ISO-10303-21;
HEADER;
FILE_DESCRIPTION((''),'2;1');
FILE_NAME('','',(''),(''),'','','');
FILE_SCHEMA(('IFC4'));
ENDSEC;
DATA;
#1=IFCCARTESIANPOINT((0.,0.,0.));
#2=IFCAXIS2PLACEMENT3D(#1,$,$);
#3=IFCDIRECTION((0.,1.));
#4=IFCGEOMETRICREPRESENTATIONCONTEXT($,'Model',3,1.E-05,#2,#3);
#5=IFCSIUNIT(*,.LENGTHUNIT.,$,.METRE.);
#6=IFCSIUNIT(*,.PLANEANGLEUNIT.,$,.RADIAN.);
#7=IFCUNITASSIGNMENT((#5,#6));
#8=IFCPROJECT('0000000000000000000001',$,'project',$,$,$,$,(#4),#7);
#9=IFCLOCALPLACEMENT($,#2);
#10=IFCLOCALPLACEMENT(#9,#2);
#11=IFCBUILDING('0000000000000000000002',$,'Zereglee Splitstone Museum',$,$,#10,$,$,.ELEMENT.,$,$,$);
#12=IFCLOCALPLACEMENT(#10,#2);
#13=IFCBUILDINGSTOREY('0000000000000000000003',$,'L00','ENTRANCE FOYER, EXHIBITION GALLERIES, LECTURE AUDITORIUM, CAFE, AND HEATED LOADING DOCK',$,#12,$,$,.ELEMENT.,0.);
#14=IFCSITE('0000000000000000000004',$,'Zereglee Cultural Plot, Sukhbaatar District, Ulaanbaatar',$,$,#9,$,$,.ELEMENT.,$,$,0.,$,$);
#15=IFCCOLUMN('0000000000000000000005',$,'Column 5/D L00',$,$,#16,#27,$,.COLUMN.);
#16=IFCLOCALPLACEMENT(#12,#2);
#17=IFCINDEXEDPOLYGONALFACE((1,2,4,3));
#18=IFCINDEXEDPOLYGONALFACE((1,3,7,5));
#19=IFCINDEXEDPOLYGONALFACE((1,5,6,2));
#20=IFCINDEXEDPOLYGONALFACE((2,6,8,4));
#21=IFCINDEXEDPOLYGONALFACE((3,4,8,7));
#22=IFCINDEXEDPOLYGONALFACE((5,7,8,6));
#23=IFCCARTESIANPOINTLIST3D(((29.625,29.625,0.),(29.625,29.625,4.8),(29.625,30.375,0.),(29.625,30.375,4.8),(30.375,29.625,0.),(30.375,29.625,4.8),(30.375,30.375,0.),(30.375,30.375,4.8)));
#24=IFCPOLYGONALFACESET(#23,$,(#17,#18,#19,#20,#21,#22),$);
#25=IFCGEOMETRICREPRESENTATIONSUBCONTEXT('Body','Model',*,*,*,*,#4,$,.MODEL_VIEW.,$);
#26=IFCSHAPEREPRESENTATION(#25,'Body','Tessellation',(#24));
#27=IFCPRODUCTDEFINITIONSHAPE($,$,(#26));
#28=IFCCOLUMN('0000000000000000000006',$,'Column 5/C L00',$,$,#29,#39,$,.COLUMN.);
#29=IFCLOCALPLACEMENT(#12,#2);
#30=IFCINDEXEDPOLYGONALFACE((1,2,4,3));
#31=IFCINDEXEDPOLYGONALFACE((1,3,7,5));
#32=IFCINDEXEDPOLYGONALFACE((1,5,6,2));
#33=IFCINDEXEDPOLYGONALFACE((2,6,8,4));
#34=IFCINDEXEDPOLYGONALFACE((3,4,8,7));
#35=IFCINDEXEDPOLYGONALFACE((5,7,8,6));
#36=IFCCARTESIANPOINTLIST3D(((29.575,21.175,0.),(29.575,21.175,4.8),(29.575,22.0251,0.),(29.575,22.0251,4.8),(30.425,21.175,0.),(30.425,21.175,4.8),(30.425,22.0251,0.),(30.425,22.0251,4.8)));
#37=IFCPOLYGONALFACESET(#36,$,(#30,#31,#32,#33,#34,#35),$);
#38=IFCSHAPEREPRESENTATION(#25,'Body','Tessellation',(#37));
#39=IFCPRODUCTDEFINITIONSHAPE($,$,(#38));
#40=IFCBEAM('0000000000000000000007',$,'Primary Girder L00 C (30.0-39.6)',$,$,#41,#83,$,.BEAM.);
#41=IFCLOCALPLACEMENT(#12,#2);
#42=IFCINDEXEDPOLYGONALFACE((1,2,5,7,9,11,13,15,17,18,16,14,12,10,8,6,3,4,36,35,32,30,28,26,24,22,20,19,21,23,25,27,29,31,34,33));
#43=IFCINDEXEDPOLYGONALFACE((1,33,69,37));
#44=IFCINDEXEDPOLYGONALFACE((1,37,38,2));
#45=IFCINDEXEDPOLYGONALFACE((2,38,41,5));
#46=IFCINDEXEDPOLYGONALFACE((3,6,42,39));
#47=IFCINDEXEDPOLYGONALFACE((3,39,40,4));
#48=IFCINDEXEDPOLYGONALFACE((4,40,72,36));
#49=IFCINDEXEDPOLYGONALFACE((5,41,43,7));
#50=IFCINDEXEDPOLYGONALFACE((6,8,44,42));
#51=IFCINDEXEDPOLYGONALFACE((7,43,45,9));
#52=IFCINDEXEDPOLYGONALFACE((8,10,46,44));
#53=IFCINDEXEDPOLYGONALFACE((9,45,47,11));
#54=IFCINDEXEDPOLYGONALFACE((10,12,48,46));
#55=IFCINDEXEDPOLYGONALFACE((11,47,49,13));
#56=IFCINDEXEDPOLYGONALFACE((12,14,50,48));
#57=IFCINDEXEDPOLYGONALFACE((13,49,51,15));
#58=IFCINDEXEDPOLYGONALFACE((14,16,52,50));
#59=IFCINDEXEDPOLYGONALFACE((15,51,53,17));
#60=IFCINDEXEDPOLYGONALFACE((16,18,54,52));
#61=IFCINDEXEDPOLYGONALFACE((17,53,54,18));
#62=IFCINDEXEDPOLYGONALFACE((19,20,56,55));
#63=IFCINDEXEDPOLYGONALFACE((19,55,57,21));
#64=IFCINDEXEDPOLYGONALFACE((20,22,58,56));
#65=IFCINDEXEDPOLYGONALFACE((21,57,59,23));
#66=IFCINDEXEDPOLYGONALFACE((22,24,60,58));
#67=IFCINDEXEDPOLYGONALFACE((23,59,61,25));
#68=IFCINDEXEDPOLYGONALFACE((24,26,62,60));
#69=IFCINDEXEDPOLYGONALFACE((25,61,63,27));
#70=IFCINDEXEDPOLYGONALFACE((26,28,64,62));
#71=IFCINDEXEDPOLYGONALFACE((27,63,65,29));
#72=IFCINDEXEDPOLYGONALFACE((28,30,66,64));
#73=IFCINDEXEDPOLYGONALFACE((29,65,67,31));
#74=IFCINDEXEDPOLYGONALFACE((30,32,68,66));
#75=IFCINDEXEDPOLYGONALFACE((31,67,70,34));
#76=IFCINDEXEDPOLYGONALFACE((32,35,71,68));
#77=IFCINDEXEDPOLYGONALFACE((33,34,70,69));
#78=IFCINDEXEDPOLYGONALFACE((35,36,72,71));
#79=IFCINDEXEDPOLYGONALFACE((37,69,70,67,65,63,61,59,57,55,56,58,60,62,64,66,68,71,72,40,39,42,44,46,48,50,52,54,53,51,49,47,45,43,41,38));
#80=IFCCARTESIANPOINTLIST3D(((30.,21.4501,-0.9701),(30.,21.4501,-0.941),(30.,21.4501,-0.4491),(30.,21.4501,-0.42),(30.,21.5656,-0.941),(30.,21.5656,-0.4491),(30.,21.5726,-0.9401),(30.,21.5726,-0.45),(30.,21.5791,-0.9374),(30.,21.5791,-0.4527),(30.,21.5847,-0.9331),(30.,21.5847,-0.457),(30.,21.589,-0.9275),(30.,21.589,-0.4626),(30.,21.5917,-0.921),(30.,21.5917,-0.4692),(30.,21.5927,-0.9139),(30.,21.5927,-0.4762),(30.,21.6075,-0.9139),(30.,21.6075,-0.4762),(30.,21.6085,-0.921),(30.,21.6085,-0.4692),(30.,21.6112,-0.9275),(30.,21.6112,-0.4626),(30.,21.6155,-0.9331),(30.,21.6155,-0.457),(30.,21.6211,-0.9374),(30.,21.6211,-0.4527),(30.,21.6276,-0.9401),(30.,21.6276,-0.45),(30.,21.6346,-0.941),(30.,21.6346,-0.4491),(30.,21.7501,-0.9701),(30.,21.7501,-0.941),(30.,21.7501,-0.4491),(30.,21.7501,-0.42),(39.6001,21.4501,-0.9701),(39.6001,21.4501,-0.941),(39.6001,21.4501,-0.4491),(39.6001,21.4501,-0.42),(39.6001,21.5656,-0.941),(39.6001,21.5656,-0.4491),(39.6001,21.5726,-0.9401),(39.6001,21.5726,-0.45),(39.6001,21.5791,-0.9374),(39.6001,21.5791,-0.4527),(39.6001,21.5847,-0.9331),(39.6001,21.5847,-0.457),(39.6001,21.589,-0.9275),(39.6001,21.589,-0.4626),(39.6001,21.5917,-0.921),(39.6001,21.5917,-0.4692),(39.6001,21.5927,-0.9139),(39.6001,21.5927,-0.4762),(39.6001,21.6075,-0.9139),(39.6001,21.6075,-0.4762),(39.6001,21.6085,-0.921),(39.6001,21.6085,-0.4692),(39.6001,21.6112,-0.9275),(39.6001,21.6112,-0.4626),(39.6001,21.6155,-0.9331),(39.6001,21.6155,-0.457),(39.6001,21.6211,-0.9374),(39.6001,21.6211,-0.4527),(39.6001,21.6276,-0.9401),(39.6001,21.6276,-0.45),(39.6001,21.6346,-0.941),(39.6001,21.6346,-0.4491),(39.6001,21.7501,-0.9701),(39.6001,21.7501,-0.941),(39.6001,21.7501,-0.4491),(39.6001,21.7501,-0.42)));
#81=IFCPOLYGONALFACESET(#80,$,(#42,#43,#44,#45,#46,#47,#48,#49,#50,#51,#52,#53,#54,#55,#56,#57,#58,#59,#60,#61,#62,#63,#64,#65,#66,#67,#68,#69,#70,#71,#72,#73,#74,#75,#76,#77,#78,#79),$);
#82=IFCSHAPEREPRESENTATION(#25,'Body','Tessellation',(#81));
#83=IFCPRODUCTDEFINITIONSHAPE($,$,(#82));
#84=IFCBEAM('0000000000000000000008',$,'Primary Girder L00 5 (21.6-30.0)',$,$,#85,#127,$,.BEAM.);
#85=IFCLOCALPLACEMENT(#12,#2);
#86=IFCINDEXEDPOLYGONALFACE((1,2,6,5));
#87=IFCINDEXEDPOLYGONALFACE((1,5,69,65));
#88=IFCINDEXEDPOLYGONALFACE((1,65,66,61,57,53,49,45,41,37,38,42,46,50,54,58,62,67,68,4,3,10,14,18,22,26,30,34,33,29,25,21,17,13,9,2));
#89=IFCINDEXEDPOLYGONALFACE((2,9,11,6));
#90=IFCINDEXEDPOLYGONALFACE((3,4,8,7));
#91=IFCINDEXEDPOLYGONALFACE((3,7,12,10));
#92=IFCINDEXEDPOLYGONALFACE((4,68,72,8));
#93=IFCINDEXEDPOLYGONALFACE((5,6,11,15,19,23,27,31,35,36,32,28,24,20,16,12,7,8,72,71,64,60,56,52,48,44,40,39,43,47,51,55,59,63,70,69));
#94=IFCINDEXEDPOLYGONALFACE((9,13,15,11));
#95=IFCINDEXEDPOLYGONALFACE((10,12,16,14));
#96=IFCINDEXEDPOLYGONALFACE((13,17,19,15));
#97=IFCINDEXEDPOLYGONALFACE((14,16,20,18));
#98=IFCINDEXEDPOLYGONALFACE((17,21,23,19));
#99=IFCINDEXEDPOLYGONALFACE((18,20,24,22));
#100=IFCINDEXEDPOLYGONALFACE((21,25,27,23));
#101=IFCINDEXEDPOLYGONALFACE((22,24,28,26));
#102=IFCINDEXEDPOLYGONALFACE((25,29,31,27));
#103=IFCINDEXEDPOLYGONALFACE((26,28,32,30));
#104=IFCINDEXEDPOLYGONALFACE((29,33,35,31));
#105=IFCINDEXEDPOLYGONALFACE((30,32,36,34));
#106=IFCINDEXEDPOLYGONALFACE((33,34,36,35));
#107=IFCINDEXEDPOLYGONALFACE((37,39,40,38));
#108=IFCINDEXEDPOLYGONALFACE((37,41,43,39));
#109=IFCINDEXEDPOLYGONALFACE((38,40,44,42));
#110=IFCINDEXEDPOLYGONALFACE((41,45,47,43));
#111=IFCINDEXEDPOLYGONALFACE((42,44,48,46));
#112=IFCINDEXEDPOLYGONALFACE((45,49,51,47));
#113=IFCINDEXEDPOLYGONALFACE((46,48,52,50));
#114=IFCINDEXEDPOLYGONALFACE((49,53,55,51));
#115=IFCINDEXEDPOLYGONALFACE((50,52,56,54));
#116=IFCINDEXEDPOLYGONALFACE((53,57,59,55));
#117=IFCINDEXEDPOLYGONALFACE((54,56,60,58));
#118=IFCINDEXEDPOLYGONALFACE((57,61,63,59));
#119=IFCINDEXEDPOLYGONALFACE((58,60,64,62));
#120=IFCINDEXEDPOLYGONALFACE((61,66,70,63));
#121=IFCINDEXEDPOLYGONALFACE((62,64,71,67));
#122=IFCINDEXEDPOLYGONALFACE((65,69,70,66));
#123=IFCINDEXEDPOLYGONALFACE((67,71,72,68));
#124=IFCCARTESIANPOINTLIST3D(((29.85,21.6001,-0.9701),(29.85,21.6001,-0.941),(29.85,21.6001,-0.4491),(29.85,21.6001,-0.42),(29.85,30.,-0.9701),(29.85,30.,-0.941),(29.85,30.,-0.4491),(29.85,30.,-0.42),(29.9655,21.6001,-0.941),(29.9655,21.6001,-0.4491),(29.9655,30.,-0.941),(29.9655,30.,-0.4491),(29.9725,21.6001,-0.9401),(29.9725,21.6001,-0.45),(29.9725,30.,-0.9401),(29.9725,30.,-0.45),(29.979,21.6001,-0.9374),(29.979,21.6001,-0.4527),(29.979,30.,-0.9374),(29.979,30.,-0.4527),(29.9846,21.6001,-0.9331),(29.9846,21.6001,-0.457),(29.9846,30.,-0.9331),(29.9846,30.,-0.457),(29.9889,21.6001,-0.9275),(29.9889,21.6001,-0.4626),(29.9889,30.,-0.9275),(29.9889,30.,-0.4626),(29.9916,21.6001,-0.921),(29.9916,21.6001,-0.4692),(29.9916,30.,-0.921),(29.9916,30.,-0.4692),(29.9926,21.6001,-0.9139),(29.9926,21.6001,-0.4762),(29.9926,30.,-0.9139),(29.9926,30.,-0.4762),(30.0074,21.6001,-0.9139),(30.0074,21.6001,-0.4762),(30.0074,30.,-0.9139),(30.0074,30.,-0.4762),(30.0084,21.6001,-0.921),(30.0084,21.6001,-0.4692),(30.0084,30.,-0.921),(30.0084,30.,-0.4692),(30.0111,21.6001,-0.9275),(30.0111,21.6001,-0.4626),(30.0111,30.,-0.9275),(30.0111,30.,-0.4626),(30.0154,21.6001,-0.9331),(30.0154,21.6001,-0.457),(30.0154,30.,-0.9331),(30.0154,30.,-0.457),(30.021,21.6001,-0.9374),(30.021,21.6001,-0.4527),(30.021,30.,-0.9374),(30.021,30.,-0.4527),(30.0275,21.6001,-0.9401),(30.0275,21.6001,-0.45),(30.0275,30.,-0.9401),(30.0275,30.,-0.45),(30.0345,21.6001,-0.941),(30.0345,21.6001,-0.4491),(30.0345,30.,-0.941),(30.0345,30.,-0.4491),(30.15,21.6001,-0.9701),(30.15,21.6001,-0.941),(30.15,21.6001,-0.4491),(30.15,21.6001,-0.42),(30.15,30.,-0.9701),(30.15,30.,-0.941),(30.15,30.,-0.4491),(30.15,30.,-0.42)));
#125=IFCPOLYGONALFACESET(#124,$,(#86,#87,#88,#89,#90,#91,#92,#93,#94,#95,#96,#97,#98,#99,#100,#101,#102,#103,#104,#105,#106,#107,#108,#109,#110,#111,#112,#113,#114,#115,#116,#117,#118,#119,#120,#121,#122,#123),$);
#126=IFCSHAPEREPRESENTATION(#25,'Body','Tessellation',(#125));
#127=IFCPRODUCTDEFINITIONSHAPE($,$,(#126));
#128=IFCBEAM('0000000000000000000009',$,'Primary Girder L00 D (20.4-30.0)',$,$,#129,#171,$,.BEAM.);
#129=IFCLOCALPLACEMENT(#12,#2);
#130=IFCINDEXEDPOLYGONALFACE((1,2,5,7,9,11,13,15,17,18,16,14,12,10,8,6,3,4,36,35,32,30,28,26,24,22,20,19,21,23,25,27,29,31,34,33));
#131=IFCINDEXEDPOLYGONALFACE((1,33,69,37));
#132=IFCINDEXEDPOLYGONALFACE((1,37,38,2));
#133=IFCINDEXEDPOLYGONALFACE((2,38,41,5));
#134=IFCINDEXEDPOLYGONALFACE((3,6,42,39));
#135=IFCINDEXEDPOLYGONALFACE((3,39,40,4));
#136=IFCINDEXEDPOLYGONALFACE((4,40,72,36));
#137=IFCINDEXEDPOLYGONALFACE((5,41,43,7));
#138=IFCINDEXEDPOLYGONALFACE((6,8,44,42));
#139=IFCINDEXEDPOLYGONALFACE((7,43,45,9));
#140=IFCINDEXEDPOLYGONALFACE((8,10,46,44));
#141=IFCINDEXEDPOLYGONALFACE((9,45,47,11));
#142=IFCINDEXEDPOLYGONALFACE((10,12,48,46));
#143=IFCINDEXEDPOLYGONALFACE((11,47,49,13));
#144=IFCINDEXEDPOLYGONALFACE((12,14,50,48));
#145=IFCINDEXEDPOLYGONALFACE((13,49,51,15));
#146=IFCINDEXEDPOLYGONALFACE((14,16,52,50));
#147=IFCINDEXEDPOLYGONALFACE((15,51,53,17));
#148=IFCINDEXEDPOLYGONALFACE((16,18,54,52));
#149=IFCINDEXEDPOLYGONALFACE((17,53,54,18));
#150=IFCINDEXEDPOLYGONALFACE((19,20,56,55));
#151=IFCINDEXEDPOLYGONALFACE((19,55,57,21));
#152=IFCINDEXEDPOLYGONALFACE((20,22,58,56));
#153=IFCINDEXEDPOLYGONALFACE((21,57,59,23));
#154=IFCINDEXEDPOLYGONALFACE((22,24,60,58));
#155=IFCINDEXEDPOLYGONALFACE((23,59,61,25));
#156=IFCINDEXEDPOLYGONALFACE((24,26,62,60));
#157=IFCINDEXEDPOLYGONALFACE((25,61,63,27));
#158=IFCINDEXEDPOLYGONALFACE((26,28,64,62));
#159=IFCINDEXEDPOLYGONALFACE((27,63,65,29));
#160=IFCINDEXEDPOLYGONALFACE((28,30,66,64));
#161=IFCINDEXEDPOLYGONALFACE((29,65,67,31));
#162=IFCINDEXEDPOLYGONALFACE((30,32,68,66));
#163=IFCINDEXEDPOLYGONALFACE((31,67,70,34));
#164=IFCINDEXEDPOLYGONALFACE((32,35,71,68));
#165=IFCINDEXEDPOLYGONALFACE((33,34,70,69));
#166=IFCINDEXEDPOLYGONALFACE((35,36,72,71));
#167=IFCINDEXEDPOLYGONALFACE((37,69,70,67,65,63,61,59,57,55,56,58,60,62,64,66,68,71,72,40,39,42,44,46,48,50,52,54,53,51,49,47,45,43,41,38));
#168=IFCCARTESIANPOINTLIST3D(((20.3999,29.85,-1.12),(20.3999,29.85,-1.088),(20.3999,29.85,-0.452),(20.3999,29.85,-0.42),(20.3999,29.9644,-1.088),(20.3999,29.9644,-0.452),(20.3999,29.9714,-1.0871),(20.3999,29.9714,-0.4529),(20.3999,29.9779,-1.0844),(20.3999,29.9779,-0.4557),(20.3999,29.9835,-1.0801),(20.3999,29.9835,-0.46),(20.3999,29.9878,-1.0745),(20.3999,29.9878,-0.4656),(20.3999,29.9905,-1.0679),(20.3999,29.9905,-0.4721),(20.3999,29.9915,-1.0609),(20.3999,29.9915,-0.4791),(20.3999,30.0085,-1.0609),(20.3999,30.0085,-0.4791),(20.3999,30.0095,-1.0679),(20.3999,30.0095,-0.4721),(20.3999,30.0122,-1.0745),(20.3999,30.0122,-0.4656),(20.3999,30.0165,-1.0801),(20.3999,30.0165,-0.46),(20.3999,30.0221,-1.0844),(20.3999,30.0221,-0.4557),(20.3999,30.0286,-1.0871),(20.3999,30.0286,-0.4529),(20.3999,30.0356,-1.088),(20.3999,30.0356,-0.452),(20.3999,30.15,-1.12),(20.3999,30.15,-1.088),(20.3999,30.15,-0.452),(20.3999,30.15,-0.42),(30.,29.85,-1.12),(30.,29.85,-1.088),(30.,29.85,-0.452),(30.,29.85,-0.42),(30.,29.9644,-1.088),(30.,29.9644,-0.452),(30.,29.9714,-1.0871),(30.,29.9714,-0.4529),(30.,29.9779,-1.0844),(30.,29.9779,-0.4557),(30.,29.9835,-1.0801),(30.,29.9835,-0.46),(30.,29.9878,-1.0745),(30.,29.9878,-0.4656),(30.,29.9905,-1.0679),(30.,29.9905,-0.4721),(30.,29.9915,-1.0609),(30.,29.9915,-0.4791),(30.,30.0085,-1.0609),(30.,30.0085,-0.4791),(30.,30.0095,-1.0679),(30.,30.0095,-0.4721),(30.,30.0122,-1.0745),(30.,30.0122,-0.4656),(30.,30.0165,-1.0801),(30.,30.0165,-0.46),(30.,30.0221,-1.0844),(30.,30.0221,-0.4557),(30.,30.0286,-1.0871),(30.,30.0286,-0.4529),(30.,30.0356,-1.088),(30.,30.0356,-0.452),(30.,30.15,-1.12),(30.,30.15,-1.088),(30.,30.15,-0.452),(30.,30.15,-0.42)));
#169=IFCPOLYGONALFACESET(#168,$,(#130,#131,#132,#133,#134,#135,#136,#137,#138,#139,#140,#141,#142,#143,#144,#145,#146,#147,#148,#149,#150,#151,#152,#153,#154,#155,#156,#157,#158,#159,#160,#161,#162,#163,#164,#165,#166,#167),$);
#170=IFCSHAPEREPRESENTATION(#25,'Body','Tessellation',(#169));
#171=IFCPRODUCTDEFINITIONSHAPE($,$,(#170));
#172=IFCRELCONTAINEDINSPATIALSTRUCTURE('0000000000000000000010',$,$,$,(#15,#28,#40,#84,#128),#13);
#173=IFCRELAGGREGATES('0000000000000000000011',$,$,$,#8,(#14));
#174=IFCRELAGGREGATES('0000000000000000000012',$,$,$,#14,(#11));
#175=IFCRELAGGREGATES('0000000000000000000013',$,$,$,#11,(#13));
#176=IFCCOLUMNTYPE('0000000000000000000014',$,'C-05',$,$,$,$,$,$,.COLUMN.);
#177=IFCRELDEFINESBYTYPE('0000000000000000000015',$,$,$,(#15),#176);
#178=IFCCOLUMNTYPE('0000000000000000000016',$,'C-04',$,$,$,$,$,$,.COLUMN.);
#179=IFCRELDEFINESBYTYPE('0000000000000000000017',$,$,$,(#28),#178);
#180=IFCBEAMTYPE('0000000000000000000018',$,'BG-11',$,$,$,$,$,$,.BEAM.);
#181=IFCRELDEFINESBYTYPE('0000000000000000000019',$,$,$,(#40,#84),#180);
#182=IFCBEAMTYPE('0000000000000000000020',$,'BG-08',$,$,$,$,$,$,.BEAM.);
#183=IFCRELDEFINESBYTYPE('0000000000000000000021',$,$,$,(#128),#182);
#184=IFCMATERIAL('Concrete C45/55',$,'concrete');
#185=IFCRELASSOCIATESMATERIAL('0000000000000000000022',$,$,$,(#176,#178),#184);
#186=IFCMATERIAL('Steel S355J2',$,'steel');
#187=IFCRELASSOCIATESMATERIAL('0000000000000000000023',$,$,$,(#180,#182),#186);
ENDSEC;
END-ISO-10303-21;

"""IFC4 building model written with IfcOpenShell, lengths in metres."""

from ifc_helpers import new_model, si_unit, direction, frame, origin, origin_2d, place, context, subcontext, project, spatial, rectangle, i_section, extrude, material, material_profile, profile_set, type_object, element, save


model = new_model("IFC4")

# Units and contexts
model_context = context("Model", 3, precision=1e-05, world=origin(), true_north=direction((0.0, 1.0)))
body_context = subcontext(model_context, "Body", "Model", "MODEL_VIEW")
ifc_project = project(units=[si_unit("LENGTHUNIT", "METRE"), si_unit("PLANEANGLEUNIT", "RADIAN")], contexts=[model_context])

# Site, building, storey
site_placement = place(None, origin())
site = spatial("IfcSite", under=ifc_project, at=site_placement, Name="Zereglee Cultural Plot, Sukhbaatar District, Ulaanbaatar", CompositionType="ELEMENT", RefElevation=0.0)
building_placement = place(site_placement, origin())
building = spatial("IfcBuilding", under=site, at=building_placement, Name="Zereglee Splitstone Museum", CompositionType="ELEMENT")
storey_placement = place(building_placement, origin())
storey = spatial("IfcBuildingStorey", under=building, at=storey_placement, Name="L00", Description="ENTRANCE FOYER, EXHIBITION GALLERIES, LECTURE AUDITORIUM, CAFE, AND HEATED LOADING DOCK", CompositionType="ELEMENT", Elevation=0.0)

# Columns
ifc_material_1 = material(Name="Concrete C45/55", Category="concrete")
ifc_material_profile_1 = material_profile(ifc_material_1, rectangle(XDim=0.75, YDim=0.75, at=origin_2d()), Name="RC 750x750")
ifc_profile_set_1 = profile_set([ifc_material_profile_1], Name="Concrete C45/55")
column_type_1 = type_object("IfcColumnType", Name="C-05", PredefinedType="COLUMN", material=ifc_profile_set_1)
column_1_placement = place(storey_placement, frame((30.0, 30.0, 0.0), z_axis=(0.0, 0.0, 1.0), x_axis=(1.0, 0.0, 0.0)))
element("IfcColumn", 1, at=column_1_placement, inside=storey, type_object=column_type_1, Name="Column 5/D L00", PredefinedType="COLUMN", context=body_context, shape_type="SweptSolid", body=[
    extrude(rectangle(XDim=0.75, YDim=0.75, at=origin_2d()), origin(), (0.0, 0.0, 1.0), 4.8),
])
ifc_material_profile_2 = material_profile(ifc_material_1, rectangle(XDim=0.8501, YDim=0.8501, at=origin_2d()), Name="RC 850x850")
ifc_profile_set_2 = profile_set([ifc_material_profile_2], Name="Concrete C45/55")
column_type_2 = type_object("IfcColumnType", Name="C-04", PredefinedType="COLUMN", material=ifc_profile_set_2)
column_2_placement = place(storey_placement, frame((30.0, 21.6001, 0.0), z_axis=(0.0, 0.0, 1.0), x_axis=(1.0, 0.0, 0.0)))
element("IfcColumn", 2, at=column_2_placement, inside=storey, type_object=column_type_2, Name="Column 5/C L00", PredefinedType="COLUMN", context=body_context, shape_type="SweptSolid", body=[
    extrude(rectangle(XDim=0.8501, YDim=0.8501, at=origin_2d()), origin(), (0.0, 0.0, 1.0), 4.8),
])

# Beams
ifc_material_2 = material(Name="Steel S355J2", Category="steel")
ifc_material_profile_3 = material_profile(ifc_material_2, i_section(OverallWidth=0.3, OverallDepth=0.55, WebThickness=0.0149, FlangeThickness=0.0291, FilletRadius=0.0271, at=origin_2d()), Name="HE 550 B")
ifc_profile_set_3 = profile_set([ifc_material_profile_3], Name="Steel S355J2")
beam_type_1 = type_object("IfcBeamType", Name="BG-11", PredefinedType="BEAM", material=ifc_profile_set_3)
beam_1_placement = place(storey_placement, frame((30.0, 21.6001, -0.6951), z_axis=(1.0, 0.0, 0.0), x_axis=(0.0, 1.0, 0.0)))
element("IfcBeam", 3, at=beam_1_placement, inside=storey, type_object=beam_type_1, Name="Primary Girder L00 C (30.0-39.6)", PredefinedType="BEAM", context=body_context, shape_type="SweptSolid", body=[
    extrude(i_section(OverallWidth=0.3, OverallDepth=0.55, WebThickness=0.0149, FlangeThickness=0.0291, FilletRadius=0.0271, at=origin_2d()), origin(), (0.0, 0.0, 1.0), 9.6001),
])
beam_2_placement = place(storey_placement, frame((30.0, 21.6001, -0.6951), z_axis=(0.0, 1.0, 0.0), x_axis=(-1.0, 0.0, 0.0)))
element("IfcBeam", 4, at=beam_2_placement, inside=storey, type_object=beam_type_1, Name="Primary Girder L00 5 (21.6-30.0)", PredefinedType="BEAM", context=body_context, shape_type="SweptSolid", body=[
    extrude(i_section(OverallWidth=0.3, OverallDepth=0.55, WebThickness=0.0149, FlangeThickness=0.0291, FilletRadius=0.0271, at=origin_2d()), origin(), (0.0, 0.0, 1.0), 8.3999),
])
ifc_material_profile_4 = material_profile(ifc_material_2, i_section(OverallWidth=0.3, OverallDepth=0.7, WebThickness=0.0171, FlangeThickness=0.032, FilletRadius=0.0271, at=origin_2d()), Name="HE 700 B")
ifc_profile_set_4 = profile_set([ifc_material_profile_4], Name="Steel S355J2")
beam_type_2 = type_object("IfcBeamType", Name="BG-08", PredefinedType="BEAM", material=ifc_profile_set_4)
beam_3_placement = place(storey_placement, frame((20.3999, 30.0, -0.77), z_axis=(1.0, 0.0, 0.0), x_axis=(0.0, 1.0, 0.0)))
element("IfcBeam", 5, at=beam_3_placement, inside=storey, type_object=beam_type_2, Name="Primary Girder L00 D (20.4-30.0)", PredefinedType="BEAM", context=body_context, shape_type="SweptSolid", body=[
    extrude(i_section(OverallWidth=0.3, OverallDepth=0.7, WebThickness=0.0171, FlangeThickness=0.032, FilletRadius=0.0271, at=origin_2d()), origin(), (0.0, 0.0, 1.0), 9.6001),
])

save(model, "model.ifc")
